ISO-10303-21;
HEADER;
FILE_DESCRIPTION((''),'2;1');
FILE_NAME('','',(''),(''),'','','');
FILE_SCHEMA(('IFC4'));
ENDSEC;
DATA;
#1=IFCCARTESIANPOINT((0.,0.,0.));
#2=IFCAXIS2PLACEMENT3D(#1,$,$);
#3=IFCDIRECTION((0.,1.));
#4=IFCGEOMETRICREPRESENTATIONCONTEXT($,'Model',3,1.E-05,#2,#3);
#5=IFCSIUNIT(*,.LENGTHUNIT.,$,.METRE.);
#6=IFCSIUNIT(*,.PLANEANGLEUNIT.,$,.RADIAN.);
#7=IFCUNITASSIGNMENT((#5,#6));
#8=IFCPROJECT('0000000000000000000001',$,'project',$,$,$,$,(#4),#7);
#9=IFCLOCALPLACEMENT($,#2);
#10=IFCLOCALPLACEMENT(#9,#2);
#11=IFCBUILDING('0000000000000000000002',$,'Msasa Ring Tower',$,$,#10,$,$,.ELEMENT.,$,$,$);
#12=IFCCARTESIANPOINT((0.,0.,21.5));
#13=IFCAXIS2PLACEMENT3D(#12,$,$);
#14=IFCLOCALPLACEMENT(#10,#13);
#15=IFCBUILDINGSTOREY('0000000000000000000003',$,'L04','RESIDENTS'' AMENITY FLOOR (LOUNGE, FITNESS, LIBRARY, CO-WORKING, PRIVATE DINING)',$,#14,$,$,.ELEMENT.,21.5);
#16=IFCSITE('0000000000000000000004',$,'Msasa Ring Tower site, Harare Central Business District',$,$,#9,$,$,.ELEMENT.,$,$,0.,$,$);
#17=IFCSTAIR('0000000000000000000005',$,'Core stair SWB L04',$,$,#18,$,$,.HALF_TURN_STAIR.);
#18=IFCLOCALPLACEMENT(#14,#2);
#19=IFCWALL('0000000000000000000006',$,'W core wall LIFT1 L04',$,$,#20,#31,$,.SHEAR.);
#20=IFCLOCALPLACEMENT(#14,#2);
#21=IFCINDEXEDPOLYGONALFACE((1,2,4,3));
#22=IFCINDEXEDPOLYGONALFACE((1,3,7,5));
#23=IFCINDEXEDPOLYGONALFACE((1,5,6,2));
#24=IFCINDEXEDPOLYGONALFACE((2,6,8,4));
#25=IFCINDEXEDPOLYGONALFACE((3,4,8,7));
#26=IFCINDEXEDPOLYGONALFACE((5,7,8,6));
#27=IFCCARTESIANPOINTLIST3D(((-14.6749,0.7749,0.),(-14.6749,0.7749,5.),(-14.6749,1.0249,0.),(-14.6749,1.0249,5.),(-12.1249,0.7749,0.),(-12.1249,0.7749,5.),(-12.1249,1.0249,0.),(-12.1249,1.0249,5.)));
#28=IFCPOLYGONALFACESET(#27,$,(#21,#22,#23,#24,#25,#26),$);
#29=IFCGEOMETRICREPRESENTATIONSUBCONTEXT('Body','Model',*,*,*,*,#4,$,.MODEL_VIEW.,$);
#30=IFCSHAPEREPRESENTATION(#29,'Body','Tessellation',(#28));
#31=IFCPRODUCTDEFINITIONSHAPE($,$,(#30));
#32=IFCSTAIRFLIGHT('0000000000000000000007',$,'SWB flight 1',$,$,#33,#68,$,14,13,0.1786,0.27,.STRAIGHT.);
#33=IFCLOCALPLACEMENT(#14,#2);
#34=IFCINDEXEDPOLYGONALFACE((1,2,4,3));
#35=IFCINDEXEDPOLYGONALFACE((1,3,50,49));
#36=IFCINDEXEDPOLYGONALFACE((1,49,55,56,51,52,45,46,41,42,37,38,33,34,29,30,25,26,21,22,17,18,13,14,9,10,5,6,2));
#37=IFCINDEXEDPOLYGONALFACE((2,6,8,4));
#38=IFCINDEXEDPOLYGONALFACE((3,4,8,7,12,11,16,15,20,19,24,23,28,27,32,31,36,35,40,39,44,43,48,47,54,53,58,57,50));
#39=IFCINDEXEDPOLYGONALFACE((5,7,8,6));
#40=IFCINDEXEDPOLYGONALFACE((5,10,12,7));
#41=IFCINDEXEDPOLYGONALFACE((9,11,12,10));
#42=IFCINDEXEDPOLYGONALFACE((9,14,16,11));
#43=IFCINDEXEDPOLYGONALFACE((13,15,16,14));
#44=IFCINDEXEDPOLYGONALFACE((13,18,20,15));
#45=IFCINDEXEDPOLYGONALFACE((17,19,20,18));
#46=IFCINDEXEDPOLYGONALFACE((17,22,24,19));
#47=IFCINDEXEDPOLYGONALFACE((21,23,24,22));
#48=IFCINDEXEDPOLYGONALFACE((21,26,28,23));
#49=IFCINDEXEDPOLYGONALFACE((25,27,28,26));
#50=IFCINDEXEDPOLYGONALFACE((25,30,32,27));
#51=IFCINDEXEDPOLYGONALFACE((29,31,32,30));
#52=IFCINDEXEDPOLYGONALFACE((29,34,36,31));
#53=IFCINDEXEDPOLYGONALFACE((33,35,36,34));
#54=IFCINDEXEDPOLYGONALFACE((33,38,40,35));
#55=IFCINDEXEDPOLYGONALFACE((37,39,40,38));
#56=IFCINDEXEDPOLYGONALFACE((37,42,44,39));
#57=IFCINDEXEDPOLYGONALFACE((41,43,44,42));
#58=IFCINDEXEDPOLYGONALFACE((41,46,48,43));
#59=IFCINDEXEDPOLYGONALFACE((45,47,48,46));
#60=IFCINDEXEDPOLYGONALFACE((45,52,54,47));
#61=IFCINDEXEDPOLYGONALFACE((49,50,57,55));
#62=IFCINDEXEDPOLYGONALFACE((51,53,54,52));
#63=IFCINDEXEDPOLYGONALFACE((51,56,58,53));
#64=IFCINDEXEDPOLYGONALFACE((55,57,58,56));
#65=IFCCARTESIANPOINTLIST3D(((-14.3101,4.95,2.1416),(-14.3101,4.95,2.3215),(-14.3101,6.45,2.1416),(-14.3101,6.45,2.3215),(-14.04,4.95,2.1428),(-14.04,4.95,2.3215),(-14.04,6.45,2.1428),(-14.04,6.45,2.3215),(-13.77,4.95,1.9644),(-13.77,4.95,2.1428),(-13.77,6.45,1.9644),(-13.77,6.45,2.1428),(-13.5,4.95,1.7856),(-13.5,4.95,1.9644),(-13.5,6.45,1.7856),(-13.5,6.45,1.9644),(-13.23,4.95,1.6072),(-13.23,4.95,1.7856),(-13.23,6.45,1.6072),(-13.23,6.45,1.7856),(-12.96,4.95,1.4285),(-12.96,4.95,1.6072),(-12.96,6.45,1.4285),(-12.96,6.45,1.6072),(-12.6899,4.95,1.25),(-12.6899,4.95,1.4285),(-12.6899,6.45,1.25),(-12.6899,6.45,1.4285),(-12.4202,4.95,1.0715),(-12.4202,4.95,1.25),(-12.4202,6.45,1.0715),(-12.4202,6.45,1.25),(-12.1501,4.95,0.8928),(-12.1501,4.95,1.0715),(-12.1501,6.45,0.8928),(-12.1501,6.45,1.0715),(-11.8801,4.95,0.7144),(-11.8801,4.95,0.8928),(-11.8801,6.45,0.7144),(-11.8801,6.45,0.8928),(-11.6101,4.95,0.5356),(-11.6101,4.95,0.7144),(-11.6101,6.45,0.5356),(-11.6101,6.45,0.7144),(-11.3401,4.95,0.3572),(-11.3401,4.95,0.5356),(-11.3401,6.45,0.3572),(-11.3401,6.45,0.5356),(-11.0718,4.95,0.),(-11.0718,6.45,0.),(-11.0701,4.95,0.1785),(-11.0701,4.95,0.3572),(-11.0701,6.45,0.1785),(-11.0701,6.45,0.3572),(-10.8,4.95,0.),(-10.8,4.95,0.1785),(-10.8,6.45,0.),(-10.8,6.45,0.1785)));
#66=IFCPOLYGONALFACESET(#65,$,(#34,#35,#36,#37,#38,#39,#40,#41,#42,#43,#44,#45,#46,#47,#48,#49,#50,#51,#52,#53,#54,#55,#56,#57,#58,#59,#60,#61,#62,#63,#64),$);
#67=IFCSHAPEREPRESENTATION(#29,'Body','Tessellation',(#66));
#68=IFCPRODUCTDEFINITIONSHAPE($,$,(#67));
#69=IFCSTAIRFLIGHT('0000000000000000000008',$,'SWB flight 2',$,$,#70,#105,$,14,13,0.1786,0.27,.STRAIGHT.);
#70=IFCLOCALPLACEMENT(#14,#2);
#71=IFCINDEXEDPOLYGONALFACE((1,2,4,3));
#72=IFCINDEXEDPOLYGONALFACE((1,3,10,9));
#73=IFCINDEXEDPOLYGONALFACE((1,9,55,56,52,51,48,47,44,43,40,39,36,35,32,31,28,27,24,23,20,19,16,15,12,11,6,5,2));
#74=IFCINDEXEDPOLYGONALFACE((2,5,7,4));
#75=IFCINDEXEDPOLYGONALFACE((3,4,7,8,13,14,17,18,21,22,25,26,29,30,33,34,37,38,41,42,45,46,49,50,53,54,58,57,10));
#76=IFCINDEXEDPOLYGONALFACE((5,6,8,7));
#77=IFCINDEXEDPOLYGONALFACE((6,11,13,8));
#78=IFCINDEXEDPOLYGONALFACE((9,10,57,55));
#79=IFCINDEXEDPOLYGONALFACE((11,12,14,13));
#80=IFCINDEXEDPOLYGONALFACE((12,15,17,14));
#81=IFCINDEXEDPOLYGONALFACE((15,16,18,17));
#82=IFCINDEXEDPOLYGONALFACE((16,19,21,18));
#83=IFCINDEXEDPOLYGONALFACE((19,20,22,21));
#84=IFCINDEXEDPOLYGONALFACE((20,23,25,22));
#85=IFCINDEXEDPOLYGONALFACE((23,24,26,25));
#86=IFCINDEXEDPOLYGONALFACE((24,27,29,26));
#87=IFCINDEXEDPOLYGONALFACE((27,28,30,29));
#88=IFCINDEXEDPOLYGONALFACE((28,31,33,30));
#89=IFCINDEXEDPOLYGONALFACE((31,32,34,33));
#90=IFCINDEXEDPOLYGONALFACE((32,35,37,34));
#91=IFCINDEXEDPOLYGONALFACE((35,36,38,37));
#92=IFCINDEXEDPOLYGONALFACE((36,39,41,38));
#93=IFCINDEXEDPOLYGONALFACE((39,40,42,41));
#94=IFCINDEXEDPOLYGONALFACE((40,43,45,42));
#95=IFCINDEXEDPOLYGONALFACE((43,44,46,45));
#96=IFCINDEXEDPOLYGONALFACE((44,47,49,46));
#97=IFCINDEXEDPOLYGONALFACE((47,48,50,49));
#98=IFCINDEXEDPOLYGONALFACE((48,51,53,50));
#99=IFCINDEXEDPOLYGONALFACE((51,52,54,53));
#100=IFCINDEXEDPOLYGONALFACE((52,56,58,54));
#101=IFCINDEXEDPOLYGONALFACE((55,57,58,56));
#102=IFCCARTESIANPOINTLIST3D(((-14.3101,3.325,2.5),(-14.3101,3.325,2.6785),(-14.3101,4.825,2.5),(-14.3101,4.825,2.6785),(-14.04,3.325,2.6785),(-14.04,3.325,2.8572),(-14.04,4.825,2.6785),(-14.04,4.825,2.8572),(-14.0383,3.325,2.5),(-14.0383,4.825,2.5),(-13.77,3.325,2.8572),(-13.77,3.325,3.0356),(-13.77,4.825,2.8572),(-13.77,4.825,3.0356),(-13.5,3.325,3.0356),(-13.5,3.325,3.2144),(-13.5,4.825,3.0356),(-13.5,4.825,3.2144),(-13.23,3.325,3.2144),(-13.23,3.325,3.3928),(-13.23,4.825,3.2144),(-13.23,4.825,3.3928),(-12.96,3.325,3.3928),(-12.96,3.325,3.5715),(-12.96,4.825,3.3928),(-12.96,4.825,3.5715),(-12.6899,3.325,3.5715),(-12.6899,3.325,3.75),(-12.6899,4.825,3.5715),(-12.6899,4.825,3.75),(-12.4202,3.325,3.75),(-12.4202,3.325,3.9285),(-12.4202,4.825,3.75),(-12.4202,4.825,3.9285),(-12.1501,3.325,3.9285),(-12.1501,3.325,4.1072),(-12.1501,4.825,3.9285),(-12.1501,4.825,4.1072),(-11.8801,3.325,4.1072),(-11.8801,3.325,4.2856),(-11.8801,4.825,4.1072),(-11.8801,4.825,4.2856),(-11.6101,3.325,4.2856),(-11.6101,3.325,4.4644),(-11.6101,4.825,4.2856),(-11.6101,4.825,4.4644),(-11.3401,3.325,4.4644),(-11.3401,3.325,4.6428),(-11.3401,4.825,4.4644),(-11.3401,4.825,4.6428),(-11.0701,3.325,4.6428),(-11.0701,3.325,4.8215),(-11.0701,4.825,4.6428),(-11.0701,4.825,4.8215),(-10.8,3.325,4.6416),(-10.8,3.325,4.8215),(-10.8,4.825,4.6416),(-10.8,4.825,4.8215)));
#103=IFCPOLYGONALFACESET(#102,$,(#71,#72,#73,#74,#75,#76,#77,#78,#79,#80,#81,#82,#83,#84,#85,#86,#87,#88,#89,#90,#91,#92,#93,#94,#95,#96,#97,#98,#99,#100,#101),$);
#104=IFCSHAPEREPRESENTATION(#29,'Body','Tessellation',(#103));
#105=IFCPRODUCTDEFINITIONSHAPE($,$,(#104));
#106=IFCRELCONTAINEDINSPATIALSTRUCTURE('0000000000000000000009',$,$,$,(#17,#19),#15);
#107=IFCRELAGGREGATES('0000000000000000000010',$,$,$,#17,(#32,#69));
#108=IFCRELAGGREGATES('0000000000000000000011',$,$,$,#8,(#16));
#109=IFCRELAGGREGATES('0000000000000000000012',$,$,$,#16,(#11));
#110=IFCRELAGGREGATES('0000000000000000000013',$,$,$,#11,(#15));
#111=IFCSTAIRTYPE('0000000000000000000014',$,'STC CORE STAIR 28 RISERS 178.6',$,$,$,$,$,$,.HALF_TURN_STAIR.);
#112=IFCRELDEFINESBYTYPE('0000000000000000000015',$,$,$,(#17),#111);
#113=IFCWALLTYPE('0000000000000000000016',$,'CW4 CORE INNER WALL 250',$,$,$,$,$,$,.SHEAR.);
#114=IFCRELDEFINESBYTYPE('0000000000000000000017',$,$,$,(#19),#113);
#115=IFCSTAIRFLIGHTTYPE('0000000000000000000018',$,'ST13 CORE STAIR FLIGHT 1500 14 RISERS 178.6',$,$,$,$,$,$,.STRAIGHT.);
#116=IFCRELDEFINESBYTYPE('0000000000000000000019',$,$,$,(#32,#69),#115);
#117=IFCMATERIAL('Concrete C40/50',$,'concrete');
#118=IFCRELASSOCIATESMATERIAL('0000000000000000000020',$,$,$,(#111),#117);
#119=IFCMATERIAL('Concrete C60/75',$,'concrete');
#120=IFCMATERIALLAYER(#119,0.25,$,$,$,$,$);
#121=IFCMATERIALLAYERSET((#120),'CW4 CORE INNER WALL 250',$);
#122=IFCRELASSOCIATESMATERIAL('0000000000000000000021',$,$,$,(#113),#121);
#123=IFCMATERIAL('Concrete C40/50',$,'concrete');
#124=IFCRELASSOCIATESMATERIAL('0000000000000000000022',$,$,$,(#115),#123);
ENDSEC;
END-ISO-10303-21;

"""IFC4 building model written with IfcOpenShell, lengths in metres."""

from ifc_helpers import new_model, si_unit, direction, frame, frame_2d, origin, place, context, subcontext, project, spatial, polyline, rectangle, outline, extrude, material, layer, layer_set, type_object, element, aggregate, save


model = new_model("IFC4")

# Units and contexts
model_context = context("Model", 3, precision=1e-05, world=origin(), true_north=direction((0.0, 1.0)))
body_context = subcontext(model_context, "Body", "Model", "MODEL_VIEW")
ifc_project = project(units=[si_unit("LENGTHUNIT", "METRE"), si_unit("PLANEANGLEUNIT", "RADIAN")], contexts=[model_context])

# Site, building, storey
site_placement = place(None, origin())
site = spatial("IfcSite", under=ifc_project, at=site_placement, Name="Msasa Ring Tower site, Harare Central Business District", CompositionType="ELEMENT", RefElevation=0.0)
building_placement = place(site_placement, origin())
building = spatial("IfcBuilding", under=site, at=building_placement, Name="Msasa Ring Tower", CompositionType="ELEMENT")
storey_placement = place(building_placement, frame((0.0, 0.0, 21.5)))
storey = spatial("IfcBuildingStorey", under=building, at=storey_placement, Name="L04", Description="RESIDENTS' AMENITY FLOOR (LOUNGE, FITNESS, LIBRARY, CO-WORKING, PRIVATE DINING)", CompositionType="ELEMENT", Elevation=21.5)

# Stair
ifc_material_1 = material(Name="Concrete C40/50", Category="concrete")
stair_type = type_object("IfcStairType", Name="STC CORE STAIR 28 RISERS 178.6", PredefinedType="HALF_TURN_STAIR", material=ifc_material_1)
stair_1_placement = place(storey_placement, origin())
stair_1 = element("IfcStair", 1, at=stair_1_placement, inside=storey, type_object=stair_type, Name="Core stair SWB L04", PredefinedType="HALF_TURN_STAIR")

# Wall
ifc_material_2 = material(Name="Concrete C60/75", Category="concrete")
ifc_layer_1 = layer(ifc_material_2, 0.25)
ifc_layer_set_1 = layer_set([ifc_layer_1], Name="CW4 CORE INNER WALL 250")
wall_type_1 = type_object("IfcWallType", Name="CW4 CORE INNER WALL 250", PredefinedType="SHEAR", material=ifc_layer_set_1)
wall_1_placement = place(storey_placement, frame((-12.125, 0.8999, 0.0), z_axis=(0.0, 0.0, 1.0), x_axis=(-1.0, 0.0, 0.0)))
element("IfcWall", 2, at=wall_1_placement, inside=storey, type_object=wall_type_1, Name="W core wall LIFT1 L04", PredefinedType="SHEAR", context=body_context, shape_type="SweptSolid", body=[
    extrude(rectangle(XDim=2.55, YDim=0.25, at=frame_2d((1.2749, 0.0))), origin(), (0.0, 0.0, 1.0), 5.0),
])

# Stair flights
ifc_material_3 = material(Name="Concrete C40/50", Category="concrete")
stair_flight_type = type_object("IfcStairFlightType", Name="ST13 CORE STAIR FLIGHT 1500 14 RISERS 178.6", PredefinedType="STRAIGHT", material=ifc_material_3)
stair_flight_1_placement = place(storey_placement, frame((-10.8, 5.7, 0.0), z_axis=(0.0, 0.0, 1.0), x_axis=(-1.0, 0.0, 0.0)))
stair_flight_1 = element("IfcStairFlight", 3, at=stair_flight_1_placement, type_object=stair_flight_type, Name="SWB flight 1", NumberOfRisers=14, NumberOfTreads=13, PredefinedType="STRAIGHT", RiserHeight=0.1786, TreadLength=0.27, context=body_context, shape_type="SweptSolid", body=[
    extrude(outline(polyline([(0.0, 0.0), (0.0, 0.1785), (0.27, 0.1785), (0.27, 0.3572), (0.54, 0.3572), (0.54, 0.5356), (0.8101, 0.5356), (0.8101, 0.7144), (1.0801, 0.7144), (1.0801, 0.8928), (1.3501, 0.8928), (1.3501, 1.0715), (1.6201, 1.0715), (1.6201, 1.25), (1.8899, 1.25), (1.8899, 1.4285), (2.1599, 1.4285), (2.1599, 1.6072), (2.4299, 1.6072), (2.4299, 1.7856), (2.7, 1.7856), (2.7, 1.9644), (2.97, 1.9644), (2.97, 2.1428), (3.24, 2.1428), (3.24, 2.3215), (3.51, 2.3215), (3.51, 2.5), (3.51, 2.1416), (0.2717, 0.0), (0.0, 0.0)])), frame((0.0, 0.75, 0.0), z_axis=(0.0, -1.0, 0.0), x_axis=(1.0, 0.0, 0.0)), (0.0, 0.0, 1.0), 1.5),
])
stair_flight_2_placement = place(storey_placement, frame((-14.3101, 4.075, 2.5), z_axis=(0.0, 0.0, 1.0), x_axis=(1.0, 0.0, 0.0)))
stair_flight_2 = element("IfcStairFlight", 4, at=stair_flight_2_placement, type_object=stair_flight_type, Name="SWB flight 2", NumberOfRisers=14, NumberOfTreads=13, PredefinedType="STRAIGHT", RiserHeight=0.1786, TreadLength=0.27, context=body_context, shape_type="SweptSolid", body=[
    extrude(outline(polyline([(0.0, 0.0), (0.0, 0.1785), (0.27, 0.1785), (0.27, 0.3572), (0.54, 0.3572), (0.54, 0.5356), (0.8101, 0.5356), (0.8101, 0.7144), (1.0801, 0.7144), (1.0801, 0.8928), (1.3501, 0.8928), (1.3501, 1.0715), (1.6201, 1.0715), (1.6201, 1.25), (1.8899, 1.25), (1.8899, 1.4285), (2.1599, 1.4285), (2.1599, 1.6072), (2.4299, 1.6072), (2.4299, 1.7856), (2.7, 1.7856), (2.7, 1.9644), (2.97, 1.9644), (2.97, 2.1428), (3.24, 2.1428), (3.24, 2.3215), (3.51, 2.3215), (3.51, 2.5), (3.51, 2.1416), (0.2717, 0.0), (0.0, 0.0)])), frame((0.0, 0.75, 0.0), z_axis=(0.0, -1.0, 0.0), x_axis=(1.0, 0.0, 0.0)), (0.0, 0.0, 1.0), 1.5),
])
aggregate(stair_1, [stair_flight_1, stair_flight_2])

save(model, "model.ifc")
